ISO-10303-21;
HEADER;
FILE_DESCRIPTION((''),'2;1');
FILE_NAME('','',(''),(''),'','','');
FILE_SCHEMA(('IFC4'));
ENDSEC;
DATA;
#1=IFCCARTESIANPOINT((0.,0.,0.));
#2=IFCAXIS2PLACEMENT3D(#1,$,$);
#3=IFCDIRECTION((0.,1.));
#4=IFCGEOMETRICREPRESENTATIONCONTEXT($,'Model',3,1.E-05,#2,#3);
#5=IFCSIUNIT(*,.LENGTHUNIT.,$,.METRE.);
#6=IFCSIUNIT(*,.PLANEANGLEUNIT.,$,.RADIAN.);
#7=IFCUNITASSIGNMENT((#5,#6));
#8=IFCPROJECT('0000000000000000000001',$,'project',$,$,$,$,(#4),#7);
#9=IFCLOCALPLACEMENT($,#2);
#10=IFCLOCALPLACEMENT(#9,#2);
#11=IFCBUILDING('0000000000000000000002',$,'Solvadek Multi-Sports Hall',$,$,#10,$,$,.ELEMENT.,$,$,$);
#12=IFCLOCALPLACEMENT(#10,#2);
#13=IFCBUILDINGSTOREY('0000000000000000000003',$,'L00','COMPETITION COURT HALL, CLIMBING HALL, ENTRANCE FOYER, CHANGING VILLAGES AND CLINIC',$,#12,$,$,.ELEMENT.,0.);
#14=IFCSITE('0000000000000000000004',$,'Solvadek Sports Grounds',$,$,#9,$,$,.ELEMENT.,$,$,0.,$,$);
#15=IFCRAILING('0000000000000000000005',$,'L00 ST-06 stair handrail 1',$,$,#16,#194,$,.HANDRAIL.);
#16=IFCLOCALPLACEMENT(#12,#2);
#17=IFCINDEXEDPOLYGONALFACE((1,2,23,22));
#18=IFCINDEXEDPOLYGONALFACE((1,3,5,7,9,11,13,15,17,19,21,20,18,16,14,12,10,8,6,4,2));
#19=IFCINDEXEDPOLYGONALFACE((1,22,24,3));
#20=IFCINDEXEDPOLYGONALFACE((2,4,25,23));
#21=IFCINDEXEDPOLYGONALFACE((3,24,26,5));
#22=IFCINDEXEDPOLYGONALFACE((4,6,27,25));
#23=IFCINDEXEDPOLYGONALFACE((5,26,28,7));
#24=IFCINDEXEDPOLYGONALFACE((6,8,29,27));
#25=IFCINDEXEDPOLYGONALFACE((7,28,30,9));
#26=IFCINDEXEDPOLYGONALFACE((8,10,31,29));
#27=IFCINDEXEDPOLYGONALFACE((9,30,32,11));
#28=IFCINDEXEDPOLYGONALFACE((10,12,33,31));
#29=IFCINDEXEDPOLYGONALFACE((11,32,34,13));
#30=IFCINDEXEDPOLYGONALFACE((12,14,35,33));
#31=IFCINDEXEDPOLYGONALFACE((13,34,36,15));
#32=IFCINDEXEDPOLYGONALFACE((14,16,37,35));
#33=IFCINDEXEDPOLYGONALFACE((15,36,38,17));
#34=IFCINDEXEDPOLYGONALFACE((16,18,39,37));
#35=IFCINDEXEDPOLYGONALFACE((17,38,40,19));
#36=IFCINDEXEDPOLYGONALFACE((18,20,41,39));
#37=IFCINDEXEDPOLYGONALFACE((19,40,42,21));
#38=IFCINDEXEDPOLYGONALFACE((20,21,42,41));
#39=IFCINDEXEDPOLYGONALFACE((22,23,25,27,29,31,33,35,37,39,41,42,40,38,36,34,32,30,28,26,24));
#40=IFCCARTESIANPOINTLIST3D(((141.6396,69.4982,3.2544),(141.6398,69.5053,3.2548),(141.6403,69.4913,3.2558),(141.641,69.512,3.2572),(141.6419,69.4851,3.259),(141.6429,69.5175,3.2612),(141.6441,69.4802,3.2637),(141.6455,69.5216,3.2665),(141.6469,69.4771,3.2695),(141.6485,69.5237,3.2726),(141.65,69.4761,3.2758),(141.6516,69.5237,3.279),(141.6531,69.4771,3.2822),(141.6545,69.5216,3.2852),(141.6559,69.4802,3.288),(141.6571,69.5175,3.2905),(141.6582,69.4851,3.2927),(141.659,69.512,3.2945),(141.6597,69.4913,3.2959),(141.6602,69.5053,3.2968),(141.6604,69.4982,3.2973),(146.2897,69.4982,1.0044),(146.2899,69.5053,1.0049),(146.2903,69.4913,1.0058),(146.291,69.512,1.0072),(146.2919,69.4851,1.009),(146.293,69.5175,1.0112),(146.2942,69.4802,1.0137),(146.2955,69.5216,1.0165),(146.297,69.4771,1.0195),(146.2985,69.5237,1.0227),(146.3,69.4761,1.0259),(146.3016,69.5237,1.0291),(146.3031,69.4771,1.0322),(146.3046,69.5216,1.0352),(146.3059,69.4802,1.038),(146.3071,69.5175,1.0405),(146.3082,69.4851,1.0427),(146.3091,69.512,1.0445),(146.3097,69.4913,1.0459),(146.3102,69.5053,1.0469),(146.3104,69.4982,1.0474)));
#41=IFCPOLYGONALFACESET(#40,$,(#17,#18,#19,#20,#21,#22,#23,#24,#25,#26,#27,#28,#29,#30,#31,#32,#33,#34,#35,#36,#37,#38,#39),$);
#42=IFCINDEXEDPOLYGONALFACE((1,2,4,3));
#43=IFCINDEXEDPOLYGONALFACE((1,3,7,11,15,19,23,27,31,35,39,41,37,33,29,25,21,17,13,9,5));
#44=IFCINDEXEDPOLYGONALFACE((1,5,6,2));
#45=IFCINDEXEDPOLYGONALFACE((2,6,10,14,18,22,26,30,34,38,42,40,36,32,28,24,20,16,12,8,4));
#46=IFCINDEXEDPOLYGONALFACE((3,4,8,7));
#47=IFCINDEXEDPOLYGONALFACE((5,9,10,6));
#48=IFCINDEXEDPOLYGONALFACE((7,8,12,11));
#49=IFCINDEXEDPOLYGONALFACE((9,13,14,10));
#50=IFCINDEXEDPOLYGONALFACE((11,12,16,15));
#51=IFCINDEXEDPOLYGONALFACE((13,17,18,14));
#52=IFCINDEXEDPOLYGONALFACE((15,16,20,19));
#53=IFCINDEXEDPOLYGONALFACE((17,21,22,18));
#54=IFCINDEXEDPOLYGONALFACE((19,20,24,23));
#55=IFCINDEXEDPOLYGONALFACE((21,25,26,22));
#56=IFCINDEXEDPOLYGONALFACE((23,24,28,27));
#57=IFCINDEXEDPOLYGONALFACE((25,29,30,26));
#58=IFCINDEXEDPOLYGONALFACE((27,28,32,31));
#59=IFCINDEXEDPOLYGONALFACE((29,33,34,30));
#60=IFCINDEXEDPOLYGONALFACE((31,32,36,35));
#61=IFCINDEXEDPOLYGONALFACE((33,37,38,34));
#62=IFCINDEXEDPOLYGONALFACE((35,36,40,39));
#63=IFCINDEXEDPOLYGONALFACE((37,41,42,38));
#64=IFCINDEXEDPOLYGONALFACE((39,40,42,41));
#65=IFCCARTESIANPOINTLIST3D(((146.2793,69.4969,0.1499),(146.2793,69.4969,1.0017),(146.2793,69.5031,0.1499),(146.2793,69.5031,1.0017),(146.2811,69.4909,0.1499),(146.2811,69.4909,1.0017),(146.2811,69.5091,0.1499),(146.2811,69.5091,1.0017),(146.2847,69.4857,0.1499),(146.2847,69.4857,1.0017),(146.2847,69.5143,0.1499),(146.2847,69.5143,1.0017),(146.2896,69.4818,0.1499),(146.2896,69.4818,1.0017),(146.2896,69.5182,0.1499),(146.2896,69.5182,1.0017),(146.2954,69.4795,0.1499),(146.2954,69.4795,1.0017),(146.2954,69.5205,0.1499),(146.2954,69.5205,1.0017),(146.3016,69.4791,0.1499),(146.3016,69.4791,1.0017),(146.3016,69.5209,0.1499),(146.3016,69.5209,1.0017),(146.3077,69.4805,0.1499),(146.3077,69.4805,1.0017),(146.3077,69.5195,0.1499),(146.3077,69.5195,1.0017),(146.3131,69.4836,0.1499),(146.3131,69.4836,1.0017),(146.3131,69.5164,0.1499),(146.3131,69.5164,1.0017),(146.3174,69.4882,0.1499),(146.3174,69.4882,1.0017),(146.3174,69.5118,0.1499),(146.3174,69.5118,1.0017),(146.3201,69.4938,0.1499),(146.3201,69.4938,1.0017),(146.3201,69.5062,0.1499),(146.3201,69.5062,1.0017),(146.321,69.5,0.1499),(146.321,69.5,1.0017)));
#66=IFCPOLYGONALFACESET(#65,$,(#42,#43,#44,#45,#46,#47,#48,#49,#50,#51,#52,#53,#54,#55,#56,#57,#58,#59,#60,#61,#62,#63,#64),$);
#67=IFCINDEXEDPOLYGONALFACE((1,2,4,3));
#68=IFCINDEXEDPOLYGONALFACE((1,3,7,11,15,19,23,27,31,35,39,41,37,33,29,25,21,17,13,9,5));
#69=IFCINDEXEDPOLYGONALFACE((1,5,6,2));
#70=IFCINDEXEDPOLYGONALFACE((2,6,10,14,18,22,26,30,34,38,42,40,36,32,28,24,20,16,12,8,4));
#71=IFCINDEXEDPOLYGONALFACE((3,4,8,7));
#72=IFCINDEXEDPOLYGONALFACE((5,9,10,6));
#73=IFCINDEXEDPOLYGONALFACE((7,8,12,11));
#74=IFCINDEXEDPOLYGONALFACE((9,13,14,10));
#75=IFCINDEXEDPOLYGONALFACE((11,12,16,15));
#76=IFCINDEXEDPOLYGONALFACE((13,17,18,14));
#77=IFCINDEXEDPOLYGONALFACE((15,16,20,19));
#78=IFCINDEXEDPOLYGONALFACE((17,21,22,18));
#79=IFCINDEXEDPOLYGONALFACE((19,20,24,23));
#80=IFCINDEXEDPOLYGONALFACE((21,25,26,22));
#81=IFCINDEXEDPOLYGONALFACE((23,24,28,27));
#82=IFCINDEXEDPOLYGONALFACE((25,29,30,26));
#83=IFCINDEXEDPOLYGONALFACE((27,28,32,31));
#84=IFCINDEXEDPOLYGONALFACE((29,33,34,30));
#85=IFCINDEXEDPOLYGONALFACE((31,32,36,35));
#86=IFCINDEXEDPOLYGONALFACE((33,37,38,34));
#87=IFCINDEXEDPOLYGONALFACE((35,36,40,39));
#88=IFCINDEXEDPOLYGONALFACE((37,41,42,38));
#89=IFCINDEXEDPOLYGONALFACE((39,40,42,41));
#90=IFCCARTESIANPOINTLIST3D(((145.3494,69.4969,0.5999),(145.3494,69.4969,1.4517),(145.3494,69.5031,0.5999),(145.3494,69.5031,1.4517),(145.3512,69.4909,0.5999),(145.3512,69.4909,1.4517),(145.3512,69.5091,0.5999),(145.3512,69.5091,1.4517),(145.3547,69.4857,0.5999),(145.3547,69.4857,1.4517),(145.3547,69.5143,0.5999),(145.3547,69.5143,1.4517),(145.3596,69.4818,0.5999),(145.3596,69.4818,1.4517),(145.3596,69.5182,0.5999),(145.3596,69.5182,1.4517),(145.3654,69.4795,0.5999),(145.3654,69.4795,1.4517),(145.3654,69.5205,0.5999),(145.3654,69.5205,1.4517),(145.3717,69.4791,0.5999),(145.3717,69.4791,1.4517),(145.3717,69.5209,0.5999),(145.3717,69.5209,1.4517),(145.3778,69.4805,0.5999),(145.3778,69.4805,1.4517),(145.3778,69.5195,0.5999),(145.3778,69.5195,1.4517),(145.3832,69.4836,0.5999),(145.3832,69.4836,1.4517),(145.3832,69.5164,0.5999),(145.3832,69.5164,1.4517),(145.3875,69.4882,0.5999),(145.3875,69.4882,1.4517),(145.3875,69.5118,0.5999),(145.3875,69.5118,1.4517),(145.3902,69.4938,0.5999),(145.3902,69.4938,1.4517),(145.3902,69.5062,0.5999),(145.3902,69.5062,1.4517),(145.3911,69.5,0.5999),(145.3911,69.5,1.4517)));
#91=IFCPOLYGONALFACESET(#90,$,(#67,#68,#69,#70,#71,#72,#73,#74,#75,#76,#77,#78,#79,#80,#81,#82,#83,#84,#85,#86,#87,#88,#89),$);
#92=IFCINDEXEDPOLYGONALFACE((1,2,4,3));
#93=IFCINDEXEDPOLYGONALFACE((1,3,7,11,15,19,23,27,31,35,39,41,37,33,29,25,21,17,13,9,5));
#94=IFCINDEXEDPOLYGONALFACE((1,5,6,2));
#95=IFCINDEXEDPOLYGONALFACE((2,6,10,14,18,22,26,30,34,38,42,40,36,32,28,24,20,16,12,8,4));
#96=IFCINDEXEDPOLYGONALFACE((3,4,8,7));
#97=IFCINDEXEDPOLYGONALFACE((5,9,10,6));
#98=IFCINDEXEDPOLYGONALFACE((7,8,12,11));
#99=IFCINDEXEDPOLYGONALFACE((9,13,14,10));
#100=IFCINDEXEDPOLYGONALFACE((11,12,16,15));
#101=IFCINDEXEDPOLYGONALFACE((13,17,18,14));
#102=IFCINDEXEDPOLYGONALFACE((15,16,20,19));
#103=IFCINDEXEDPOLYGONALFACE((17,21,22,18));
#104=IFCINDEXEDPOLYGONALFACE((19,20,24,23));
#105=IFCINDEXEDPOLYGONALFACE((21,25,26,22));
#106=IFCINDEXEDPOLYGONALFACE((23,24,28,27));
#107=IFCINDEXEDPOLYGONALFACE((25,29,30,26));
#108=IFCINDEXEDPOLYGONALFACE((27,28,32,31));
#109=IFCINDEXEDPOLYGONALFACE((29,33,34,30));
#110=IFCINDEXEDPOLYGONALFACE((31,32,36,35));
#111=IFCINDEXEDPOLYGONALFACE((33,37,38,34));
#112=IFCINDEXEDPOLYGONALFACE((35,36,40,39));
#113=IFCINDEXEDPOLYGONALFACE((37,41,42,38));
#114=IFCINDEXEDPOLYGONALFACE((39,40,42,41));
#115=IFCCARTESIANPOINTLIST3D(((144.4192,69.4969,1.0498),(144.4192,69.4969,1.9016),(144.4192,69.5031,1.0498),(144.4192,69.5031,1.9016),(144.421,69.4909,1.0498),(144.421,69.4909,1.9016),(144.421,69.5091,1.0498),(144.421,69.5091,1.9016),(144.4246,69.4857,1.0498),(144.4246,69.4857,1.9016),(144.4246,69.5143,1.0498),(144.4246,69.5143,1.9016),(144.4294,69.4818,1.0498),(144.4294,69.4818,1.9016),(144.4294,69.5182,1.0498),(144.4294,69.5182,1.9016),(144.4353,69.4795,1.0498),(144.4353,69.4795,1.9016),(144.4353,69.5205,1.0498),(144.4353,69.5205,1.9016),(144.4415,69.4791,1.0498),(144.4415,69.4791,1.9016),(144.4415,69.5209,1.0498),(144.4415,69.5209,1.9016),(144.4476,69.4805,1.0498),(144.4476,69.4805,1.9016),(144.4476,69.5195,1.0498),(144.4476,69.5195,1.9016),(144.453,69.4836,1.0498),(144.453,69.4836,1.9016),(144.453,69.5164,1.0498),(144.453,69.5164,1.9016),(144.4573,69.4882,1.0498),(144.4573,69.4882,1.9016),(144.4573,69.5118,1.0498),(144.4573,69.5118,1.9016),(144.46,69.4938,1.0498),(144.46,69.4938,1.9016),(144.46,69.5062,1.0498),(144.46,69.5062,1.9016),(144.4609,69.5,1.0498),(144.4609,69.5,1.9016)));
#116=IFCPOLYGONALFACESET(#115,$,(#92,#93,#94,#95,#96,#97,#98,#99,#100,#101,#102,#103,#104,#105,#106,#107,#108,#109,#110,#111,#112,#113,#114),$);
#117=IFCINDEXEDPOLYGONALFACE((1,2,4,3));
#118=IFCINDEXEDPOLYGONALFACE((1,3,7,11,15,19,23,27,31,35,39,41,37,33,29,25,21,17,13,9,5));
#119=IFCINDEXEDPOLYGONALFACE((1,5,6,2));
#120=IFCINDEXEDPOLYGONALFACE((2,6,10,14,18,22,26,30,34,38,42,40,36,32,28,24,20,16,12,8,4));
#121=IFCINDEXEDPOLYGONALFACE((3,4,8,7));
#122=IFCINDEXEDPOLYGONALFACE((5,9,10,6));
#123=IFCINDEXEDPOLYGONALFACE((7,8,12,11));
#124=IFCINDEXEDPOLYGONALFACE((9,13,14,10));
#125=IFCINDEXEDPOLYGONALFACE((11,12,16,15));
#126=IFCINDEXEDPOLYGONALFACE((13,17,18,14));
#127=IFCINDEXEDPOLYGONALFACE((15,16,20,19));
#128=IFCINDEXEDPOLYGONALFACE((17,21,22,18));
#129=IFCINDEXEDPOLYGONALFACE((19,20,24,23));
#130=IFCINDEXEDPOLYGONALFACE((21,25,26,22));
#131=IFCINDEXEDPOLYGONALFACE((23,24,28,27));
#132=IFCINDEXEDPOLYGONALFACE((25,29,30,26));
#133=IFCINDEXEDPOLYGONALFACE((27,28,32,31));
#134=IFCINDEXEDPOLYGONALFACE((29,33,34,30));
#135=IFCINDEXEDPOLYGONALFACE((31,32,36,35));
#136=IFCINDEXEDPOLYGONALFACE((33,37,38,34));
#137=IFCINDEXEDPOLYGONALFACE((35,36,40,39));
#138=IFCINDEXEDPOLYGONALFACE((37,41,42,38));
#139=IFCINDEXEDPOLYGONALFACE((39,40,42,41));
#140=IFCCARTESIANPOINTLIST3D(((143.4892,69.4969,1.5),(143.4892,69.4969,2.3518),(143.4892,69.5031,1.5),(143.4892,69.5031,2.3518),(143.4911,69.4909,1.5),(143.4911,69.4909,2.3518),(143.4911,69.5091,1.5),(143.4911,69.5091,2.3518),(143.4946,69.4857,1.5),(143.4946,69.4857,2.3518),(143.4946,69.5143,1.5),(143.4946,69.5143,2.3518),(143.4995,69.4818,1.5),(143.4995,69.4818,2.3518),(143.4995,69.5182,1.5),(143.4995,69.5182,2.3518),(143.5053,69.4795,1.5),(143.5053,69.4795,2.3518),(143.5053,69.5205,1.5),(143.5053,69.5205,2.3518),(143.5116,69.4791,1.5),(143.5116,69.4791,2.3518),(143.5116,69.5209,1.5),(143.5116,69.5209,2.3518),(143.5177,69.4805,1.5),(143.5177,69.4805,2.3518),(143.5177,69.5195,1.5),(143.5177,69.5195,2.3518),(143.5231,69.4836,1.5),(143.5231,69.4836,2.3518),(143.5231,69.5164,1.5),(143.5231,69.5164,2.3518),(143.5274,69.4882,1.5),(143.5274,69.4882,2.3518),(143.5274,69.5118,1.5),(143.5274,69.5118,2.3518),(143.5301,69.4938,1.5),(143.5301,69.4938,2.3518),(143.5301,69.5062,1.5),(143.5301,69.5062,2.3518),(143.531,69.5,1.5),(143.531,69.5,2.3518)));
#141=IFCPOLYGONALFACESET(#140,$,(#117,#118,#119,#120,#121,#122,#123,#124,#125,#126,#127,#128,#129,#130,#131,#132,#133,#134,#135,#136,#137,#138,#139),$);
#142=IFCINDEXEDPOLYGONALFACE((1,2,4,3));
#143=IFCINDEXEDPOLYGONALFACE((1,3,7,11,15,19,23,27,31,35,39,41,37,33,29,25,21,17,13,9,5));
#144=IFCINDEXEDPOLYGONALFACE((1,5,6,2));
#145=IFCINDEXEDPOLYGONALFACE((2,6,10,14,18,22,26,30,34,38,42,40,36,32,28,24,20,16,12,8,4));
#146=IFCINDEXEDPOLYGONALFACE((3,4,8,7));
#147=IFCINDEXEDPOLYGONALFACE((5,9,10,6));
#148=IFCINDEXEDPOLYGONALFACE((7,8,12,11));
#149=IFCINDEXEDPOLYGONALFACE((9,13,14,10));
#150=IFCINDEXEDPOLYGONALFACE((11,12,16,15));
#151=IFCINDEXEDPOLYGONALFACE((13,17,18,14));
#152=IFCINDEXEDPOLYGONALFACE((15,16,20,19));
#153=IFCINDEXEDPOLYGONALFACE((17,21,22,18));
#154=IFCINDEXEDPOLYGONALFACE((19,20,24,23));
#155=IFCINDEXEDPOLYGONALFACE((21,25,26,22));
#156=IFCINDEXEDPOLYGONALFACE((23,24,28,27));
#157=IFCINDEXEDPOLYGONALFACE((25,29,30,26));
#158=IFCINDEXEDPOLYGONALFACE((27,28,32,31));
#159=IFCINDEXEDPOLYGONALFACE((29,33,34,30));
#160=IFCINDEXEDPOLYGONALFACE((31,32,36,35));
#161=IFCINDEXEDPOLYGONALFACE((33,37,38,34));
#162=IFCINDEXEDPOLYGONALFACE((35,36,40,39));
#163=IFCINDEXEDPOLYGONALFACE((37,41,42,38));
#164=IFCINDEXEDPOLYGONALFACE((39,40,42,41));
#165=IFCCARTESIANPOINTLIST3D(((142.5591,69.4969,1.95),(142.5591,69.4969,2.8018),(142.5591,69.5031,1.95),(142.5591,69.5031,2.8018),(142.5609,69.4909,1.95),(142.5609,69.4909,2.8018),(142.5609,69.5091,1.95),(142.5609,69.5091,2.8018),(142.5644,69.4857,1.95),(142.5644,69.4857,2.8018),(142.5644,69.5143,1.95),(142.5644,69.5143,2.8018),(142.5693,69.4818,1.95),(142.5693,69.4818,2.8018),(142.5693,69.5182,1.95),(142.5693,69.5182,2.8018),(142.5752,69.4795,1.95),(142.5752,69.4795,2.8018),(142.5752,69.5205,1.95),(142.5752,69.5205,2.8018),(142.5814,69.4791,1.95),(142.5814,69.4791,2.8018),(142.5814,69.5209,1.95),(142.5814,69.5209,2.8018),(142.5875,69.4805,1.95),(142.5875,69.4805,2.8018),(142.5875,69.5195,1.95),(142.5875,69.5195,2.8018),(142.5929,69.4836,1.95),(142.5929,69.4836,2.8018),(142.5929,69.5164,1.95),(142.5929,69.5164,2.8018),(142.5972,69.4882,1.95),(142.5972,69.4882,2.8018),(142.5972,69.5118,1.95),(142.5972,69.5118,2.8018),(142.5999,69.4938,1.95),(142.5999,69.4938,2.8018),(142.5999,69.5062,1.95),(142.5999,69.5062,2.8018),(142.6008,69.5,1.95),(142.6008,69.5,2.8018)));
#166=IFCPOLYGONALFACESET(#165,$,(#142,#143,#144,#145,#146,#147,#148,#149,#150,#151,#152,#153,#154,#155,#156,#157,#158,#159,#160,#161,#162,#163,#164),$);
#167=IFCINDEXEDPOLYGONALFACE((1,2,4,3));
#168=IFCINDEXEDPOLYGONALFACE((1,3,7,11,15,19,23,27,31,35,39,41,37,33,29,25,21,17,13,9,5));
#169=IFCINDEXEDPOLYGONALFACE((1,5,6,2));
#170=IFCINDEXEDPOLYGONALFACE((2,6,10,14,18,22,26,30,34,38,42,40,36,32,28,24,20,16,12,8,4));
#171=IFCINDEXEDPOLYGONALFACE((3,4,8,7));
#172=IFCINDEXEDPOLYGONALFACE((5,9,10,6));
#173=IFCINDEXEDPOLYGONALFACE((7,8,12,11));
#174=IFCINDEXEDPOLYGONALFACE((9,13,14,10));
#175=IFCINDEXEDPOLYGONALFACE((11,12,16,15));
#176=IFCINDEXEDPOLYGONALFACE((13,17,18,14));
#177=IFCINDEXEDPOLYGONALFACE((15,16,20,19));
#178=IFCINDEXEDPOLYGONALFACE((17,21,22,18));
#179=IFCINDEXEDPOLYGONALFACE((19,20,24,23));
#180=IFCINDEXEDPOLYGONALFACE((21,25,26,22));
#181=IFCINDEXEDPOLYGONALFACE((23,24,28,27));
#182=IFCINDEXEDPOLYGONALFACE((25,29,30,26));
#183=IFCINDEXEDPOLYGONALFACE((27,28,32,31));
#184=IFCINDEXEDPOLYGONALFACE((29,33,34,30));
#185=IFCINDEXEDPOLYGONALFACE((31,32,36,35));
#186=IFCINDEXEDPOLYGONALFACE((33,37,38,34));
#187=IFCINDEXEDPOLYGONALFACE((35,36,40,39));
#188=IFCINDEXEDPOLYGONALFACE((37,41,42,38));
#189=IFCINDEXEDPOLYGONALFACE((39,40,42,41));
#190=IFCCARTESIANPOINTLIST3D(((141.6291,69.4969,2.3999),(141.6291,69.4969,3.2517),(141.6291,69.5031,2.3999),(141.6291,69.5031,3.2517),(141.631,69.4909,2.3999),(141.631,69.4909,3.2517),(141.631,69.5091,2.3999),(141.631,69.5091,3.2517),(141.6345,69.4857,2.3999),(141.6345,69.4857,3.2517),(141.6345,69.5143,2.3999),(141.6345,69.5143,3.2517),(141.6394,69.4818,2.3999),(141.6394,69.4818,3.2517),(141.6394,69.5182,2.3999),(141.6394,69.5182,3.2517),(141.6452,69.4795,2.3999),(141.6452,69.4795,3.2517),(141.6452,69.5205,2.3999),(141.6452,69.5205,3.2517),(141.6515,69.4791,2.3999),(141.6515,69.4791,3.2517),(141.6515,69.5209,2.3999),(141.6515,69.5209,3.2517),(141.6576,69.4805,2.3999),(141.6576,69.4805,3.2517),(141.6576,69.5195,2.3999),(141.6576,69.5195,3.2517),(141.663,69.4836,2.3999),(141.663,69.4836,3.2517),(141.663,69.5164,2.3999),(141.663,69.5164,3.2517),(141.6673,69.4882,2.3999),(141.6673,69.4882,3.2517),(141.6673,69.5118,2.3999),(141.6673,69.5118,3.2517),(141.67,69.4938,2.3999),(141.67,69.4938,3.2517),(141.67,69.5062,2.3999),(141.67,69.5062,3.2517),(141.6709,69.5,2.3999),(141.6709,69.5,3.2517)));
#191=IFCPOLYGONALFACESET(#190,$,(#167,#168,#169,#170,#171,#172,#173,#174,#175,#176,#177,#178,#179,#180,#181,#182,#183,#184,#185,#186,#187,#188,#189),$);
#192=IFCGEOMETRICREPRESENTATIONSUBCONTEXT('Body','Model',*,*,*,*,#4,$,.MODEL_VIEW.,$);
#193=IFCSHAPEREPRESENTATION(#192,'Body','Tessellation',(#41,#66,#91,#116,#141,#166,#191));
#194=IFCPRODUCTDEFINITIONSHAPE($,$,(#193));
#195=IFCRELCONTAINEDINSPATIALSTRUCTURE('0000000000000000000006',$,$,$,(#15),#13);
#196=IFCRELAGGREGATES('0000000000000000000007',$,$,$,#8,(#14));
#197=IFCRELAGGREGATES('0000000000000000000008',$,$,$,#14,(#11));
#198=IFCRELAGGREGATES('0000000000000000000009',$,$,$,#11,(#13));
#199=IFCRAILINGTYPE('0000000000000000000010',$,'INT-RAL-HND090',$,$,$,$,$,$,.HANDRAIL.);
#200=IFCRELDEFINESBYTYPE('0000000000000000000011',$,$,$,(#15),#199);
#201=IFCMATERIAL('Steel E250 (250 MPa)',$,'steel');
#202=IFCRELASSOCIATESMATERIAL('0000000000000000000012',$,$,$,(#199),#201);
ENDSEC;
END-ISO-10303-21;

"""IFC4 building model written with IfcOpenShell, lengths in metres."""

from ifc_helpers import new_model, si_unit, direction, frame, origin, origin_2d, place, context, subcontext, project, spatial, circle, extrude, material, type_object, element, save


model = new_model("IFC4")

# Units and contexts
model_context = context("Model", 3, precision=1e-05, world=origin(), true_north=direction((0.0, 1.0)))
body_context = subcontext(model_context, "Body", "Model", "MODEL_VIEW")
ifc_project = project(units=[si_unit("LENGTHUNIT", "METRE"), si_unit("PLANEANGLEUNIT", "RADIAN")], contexts=[model_context])

# Site, building, storey
site_placement = place(None, origin())
site = spatial("IfcSite", under=ifc_project, at=site_placement, Name="Solvadek Sports Grounds", CompositionType="ELEMENT", RefElevation=0.0)
building_placement = place(site_placement, origin())
building = spatial("IfcBuilding", under=site, at=building_placement, Name="Solvadek Multi-Sports Hall", CompositionType="ELEMENT")
storey_placement = place(building_placement, origin())
storey = spatial("IfcBuildingStorey", under=building, at=storey_placement, Name="L00", Description="COMPETITION COURT HALL, CLIMBING HALL, ENTRANCE FOYER, CHANGING VILLAGES AND CLINIC", CompositionType="ELEMENT", Elevation=0.0)

# Shared definitions
ifc_material_1 = material(Name="Steel E250 (250 MPa)", Category="steel")

# Railing
railing_type_1 = type_object("IfcRailingType", Name="INT-RAL-HND090", PredefinedType="HANDRAIL", material=ifc_material_1)
railing_1_placement = place(storey_placement, frame((146.3, 69.5, 0.1499)))
element("IfcRailing", 1, at=railing_1_placement, inside=storey, type_object=railing_type_1, Name="L00 ST-06 stair handrail 1", PredefinedType="HANDRAIL", context=body_context, shape_type="SweptSolid", body=[
    extrude(circle(Radius=0.0239, at=origin_2d()), frame((0.0, 0.0, 0.876), z_axis=(-0.900165, 0.0, 0.43555), x_axis=(0.0, -1.0, 0.0)), (0.0, 0.0, 1.0), 5.1658),
    extrude(circle(Radius=0.021, at=origin_2d()), origin(), (0.0, 0.0, 1.0), 0.8518),
    extrude(circle(Radius=0.021, at=origin_2d()), frame((-0.9299, 0.0, 0.45)), (0.0, 0.0, 1.0), 0.8518),
    extrude(circle(Radius=0.021, at=origin_2d()), frame((-1.8601, 0.0, 0.8999)), (0.0, 0.0, 1.0), 0.8518),
    extrude(circle(Radius=0.021, at=origin_2d()), frame((-2.79, 0.0, 1.3501)), (0.0, 0.0, 1.0), 0.8518),
    extrude(circle(Radius=0.021, at=origin_2d()), frame((-3.7202, 0.0, 1.8)), (0.0, 0.0, 1.0), 0.8518),
    extrude(circle(Radius=0.021, at=origin_2d()), frame((-4.6501, 0.0, 2.25)), (0.0, 0.0, 1.0), 0.8518),
])

save(model, "model.ifc")
